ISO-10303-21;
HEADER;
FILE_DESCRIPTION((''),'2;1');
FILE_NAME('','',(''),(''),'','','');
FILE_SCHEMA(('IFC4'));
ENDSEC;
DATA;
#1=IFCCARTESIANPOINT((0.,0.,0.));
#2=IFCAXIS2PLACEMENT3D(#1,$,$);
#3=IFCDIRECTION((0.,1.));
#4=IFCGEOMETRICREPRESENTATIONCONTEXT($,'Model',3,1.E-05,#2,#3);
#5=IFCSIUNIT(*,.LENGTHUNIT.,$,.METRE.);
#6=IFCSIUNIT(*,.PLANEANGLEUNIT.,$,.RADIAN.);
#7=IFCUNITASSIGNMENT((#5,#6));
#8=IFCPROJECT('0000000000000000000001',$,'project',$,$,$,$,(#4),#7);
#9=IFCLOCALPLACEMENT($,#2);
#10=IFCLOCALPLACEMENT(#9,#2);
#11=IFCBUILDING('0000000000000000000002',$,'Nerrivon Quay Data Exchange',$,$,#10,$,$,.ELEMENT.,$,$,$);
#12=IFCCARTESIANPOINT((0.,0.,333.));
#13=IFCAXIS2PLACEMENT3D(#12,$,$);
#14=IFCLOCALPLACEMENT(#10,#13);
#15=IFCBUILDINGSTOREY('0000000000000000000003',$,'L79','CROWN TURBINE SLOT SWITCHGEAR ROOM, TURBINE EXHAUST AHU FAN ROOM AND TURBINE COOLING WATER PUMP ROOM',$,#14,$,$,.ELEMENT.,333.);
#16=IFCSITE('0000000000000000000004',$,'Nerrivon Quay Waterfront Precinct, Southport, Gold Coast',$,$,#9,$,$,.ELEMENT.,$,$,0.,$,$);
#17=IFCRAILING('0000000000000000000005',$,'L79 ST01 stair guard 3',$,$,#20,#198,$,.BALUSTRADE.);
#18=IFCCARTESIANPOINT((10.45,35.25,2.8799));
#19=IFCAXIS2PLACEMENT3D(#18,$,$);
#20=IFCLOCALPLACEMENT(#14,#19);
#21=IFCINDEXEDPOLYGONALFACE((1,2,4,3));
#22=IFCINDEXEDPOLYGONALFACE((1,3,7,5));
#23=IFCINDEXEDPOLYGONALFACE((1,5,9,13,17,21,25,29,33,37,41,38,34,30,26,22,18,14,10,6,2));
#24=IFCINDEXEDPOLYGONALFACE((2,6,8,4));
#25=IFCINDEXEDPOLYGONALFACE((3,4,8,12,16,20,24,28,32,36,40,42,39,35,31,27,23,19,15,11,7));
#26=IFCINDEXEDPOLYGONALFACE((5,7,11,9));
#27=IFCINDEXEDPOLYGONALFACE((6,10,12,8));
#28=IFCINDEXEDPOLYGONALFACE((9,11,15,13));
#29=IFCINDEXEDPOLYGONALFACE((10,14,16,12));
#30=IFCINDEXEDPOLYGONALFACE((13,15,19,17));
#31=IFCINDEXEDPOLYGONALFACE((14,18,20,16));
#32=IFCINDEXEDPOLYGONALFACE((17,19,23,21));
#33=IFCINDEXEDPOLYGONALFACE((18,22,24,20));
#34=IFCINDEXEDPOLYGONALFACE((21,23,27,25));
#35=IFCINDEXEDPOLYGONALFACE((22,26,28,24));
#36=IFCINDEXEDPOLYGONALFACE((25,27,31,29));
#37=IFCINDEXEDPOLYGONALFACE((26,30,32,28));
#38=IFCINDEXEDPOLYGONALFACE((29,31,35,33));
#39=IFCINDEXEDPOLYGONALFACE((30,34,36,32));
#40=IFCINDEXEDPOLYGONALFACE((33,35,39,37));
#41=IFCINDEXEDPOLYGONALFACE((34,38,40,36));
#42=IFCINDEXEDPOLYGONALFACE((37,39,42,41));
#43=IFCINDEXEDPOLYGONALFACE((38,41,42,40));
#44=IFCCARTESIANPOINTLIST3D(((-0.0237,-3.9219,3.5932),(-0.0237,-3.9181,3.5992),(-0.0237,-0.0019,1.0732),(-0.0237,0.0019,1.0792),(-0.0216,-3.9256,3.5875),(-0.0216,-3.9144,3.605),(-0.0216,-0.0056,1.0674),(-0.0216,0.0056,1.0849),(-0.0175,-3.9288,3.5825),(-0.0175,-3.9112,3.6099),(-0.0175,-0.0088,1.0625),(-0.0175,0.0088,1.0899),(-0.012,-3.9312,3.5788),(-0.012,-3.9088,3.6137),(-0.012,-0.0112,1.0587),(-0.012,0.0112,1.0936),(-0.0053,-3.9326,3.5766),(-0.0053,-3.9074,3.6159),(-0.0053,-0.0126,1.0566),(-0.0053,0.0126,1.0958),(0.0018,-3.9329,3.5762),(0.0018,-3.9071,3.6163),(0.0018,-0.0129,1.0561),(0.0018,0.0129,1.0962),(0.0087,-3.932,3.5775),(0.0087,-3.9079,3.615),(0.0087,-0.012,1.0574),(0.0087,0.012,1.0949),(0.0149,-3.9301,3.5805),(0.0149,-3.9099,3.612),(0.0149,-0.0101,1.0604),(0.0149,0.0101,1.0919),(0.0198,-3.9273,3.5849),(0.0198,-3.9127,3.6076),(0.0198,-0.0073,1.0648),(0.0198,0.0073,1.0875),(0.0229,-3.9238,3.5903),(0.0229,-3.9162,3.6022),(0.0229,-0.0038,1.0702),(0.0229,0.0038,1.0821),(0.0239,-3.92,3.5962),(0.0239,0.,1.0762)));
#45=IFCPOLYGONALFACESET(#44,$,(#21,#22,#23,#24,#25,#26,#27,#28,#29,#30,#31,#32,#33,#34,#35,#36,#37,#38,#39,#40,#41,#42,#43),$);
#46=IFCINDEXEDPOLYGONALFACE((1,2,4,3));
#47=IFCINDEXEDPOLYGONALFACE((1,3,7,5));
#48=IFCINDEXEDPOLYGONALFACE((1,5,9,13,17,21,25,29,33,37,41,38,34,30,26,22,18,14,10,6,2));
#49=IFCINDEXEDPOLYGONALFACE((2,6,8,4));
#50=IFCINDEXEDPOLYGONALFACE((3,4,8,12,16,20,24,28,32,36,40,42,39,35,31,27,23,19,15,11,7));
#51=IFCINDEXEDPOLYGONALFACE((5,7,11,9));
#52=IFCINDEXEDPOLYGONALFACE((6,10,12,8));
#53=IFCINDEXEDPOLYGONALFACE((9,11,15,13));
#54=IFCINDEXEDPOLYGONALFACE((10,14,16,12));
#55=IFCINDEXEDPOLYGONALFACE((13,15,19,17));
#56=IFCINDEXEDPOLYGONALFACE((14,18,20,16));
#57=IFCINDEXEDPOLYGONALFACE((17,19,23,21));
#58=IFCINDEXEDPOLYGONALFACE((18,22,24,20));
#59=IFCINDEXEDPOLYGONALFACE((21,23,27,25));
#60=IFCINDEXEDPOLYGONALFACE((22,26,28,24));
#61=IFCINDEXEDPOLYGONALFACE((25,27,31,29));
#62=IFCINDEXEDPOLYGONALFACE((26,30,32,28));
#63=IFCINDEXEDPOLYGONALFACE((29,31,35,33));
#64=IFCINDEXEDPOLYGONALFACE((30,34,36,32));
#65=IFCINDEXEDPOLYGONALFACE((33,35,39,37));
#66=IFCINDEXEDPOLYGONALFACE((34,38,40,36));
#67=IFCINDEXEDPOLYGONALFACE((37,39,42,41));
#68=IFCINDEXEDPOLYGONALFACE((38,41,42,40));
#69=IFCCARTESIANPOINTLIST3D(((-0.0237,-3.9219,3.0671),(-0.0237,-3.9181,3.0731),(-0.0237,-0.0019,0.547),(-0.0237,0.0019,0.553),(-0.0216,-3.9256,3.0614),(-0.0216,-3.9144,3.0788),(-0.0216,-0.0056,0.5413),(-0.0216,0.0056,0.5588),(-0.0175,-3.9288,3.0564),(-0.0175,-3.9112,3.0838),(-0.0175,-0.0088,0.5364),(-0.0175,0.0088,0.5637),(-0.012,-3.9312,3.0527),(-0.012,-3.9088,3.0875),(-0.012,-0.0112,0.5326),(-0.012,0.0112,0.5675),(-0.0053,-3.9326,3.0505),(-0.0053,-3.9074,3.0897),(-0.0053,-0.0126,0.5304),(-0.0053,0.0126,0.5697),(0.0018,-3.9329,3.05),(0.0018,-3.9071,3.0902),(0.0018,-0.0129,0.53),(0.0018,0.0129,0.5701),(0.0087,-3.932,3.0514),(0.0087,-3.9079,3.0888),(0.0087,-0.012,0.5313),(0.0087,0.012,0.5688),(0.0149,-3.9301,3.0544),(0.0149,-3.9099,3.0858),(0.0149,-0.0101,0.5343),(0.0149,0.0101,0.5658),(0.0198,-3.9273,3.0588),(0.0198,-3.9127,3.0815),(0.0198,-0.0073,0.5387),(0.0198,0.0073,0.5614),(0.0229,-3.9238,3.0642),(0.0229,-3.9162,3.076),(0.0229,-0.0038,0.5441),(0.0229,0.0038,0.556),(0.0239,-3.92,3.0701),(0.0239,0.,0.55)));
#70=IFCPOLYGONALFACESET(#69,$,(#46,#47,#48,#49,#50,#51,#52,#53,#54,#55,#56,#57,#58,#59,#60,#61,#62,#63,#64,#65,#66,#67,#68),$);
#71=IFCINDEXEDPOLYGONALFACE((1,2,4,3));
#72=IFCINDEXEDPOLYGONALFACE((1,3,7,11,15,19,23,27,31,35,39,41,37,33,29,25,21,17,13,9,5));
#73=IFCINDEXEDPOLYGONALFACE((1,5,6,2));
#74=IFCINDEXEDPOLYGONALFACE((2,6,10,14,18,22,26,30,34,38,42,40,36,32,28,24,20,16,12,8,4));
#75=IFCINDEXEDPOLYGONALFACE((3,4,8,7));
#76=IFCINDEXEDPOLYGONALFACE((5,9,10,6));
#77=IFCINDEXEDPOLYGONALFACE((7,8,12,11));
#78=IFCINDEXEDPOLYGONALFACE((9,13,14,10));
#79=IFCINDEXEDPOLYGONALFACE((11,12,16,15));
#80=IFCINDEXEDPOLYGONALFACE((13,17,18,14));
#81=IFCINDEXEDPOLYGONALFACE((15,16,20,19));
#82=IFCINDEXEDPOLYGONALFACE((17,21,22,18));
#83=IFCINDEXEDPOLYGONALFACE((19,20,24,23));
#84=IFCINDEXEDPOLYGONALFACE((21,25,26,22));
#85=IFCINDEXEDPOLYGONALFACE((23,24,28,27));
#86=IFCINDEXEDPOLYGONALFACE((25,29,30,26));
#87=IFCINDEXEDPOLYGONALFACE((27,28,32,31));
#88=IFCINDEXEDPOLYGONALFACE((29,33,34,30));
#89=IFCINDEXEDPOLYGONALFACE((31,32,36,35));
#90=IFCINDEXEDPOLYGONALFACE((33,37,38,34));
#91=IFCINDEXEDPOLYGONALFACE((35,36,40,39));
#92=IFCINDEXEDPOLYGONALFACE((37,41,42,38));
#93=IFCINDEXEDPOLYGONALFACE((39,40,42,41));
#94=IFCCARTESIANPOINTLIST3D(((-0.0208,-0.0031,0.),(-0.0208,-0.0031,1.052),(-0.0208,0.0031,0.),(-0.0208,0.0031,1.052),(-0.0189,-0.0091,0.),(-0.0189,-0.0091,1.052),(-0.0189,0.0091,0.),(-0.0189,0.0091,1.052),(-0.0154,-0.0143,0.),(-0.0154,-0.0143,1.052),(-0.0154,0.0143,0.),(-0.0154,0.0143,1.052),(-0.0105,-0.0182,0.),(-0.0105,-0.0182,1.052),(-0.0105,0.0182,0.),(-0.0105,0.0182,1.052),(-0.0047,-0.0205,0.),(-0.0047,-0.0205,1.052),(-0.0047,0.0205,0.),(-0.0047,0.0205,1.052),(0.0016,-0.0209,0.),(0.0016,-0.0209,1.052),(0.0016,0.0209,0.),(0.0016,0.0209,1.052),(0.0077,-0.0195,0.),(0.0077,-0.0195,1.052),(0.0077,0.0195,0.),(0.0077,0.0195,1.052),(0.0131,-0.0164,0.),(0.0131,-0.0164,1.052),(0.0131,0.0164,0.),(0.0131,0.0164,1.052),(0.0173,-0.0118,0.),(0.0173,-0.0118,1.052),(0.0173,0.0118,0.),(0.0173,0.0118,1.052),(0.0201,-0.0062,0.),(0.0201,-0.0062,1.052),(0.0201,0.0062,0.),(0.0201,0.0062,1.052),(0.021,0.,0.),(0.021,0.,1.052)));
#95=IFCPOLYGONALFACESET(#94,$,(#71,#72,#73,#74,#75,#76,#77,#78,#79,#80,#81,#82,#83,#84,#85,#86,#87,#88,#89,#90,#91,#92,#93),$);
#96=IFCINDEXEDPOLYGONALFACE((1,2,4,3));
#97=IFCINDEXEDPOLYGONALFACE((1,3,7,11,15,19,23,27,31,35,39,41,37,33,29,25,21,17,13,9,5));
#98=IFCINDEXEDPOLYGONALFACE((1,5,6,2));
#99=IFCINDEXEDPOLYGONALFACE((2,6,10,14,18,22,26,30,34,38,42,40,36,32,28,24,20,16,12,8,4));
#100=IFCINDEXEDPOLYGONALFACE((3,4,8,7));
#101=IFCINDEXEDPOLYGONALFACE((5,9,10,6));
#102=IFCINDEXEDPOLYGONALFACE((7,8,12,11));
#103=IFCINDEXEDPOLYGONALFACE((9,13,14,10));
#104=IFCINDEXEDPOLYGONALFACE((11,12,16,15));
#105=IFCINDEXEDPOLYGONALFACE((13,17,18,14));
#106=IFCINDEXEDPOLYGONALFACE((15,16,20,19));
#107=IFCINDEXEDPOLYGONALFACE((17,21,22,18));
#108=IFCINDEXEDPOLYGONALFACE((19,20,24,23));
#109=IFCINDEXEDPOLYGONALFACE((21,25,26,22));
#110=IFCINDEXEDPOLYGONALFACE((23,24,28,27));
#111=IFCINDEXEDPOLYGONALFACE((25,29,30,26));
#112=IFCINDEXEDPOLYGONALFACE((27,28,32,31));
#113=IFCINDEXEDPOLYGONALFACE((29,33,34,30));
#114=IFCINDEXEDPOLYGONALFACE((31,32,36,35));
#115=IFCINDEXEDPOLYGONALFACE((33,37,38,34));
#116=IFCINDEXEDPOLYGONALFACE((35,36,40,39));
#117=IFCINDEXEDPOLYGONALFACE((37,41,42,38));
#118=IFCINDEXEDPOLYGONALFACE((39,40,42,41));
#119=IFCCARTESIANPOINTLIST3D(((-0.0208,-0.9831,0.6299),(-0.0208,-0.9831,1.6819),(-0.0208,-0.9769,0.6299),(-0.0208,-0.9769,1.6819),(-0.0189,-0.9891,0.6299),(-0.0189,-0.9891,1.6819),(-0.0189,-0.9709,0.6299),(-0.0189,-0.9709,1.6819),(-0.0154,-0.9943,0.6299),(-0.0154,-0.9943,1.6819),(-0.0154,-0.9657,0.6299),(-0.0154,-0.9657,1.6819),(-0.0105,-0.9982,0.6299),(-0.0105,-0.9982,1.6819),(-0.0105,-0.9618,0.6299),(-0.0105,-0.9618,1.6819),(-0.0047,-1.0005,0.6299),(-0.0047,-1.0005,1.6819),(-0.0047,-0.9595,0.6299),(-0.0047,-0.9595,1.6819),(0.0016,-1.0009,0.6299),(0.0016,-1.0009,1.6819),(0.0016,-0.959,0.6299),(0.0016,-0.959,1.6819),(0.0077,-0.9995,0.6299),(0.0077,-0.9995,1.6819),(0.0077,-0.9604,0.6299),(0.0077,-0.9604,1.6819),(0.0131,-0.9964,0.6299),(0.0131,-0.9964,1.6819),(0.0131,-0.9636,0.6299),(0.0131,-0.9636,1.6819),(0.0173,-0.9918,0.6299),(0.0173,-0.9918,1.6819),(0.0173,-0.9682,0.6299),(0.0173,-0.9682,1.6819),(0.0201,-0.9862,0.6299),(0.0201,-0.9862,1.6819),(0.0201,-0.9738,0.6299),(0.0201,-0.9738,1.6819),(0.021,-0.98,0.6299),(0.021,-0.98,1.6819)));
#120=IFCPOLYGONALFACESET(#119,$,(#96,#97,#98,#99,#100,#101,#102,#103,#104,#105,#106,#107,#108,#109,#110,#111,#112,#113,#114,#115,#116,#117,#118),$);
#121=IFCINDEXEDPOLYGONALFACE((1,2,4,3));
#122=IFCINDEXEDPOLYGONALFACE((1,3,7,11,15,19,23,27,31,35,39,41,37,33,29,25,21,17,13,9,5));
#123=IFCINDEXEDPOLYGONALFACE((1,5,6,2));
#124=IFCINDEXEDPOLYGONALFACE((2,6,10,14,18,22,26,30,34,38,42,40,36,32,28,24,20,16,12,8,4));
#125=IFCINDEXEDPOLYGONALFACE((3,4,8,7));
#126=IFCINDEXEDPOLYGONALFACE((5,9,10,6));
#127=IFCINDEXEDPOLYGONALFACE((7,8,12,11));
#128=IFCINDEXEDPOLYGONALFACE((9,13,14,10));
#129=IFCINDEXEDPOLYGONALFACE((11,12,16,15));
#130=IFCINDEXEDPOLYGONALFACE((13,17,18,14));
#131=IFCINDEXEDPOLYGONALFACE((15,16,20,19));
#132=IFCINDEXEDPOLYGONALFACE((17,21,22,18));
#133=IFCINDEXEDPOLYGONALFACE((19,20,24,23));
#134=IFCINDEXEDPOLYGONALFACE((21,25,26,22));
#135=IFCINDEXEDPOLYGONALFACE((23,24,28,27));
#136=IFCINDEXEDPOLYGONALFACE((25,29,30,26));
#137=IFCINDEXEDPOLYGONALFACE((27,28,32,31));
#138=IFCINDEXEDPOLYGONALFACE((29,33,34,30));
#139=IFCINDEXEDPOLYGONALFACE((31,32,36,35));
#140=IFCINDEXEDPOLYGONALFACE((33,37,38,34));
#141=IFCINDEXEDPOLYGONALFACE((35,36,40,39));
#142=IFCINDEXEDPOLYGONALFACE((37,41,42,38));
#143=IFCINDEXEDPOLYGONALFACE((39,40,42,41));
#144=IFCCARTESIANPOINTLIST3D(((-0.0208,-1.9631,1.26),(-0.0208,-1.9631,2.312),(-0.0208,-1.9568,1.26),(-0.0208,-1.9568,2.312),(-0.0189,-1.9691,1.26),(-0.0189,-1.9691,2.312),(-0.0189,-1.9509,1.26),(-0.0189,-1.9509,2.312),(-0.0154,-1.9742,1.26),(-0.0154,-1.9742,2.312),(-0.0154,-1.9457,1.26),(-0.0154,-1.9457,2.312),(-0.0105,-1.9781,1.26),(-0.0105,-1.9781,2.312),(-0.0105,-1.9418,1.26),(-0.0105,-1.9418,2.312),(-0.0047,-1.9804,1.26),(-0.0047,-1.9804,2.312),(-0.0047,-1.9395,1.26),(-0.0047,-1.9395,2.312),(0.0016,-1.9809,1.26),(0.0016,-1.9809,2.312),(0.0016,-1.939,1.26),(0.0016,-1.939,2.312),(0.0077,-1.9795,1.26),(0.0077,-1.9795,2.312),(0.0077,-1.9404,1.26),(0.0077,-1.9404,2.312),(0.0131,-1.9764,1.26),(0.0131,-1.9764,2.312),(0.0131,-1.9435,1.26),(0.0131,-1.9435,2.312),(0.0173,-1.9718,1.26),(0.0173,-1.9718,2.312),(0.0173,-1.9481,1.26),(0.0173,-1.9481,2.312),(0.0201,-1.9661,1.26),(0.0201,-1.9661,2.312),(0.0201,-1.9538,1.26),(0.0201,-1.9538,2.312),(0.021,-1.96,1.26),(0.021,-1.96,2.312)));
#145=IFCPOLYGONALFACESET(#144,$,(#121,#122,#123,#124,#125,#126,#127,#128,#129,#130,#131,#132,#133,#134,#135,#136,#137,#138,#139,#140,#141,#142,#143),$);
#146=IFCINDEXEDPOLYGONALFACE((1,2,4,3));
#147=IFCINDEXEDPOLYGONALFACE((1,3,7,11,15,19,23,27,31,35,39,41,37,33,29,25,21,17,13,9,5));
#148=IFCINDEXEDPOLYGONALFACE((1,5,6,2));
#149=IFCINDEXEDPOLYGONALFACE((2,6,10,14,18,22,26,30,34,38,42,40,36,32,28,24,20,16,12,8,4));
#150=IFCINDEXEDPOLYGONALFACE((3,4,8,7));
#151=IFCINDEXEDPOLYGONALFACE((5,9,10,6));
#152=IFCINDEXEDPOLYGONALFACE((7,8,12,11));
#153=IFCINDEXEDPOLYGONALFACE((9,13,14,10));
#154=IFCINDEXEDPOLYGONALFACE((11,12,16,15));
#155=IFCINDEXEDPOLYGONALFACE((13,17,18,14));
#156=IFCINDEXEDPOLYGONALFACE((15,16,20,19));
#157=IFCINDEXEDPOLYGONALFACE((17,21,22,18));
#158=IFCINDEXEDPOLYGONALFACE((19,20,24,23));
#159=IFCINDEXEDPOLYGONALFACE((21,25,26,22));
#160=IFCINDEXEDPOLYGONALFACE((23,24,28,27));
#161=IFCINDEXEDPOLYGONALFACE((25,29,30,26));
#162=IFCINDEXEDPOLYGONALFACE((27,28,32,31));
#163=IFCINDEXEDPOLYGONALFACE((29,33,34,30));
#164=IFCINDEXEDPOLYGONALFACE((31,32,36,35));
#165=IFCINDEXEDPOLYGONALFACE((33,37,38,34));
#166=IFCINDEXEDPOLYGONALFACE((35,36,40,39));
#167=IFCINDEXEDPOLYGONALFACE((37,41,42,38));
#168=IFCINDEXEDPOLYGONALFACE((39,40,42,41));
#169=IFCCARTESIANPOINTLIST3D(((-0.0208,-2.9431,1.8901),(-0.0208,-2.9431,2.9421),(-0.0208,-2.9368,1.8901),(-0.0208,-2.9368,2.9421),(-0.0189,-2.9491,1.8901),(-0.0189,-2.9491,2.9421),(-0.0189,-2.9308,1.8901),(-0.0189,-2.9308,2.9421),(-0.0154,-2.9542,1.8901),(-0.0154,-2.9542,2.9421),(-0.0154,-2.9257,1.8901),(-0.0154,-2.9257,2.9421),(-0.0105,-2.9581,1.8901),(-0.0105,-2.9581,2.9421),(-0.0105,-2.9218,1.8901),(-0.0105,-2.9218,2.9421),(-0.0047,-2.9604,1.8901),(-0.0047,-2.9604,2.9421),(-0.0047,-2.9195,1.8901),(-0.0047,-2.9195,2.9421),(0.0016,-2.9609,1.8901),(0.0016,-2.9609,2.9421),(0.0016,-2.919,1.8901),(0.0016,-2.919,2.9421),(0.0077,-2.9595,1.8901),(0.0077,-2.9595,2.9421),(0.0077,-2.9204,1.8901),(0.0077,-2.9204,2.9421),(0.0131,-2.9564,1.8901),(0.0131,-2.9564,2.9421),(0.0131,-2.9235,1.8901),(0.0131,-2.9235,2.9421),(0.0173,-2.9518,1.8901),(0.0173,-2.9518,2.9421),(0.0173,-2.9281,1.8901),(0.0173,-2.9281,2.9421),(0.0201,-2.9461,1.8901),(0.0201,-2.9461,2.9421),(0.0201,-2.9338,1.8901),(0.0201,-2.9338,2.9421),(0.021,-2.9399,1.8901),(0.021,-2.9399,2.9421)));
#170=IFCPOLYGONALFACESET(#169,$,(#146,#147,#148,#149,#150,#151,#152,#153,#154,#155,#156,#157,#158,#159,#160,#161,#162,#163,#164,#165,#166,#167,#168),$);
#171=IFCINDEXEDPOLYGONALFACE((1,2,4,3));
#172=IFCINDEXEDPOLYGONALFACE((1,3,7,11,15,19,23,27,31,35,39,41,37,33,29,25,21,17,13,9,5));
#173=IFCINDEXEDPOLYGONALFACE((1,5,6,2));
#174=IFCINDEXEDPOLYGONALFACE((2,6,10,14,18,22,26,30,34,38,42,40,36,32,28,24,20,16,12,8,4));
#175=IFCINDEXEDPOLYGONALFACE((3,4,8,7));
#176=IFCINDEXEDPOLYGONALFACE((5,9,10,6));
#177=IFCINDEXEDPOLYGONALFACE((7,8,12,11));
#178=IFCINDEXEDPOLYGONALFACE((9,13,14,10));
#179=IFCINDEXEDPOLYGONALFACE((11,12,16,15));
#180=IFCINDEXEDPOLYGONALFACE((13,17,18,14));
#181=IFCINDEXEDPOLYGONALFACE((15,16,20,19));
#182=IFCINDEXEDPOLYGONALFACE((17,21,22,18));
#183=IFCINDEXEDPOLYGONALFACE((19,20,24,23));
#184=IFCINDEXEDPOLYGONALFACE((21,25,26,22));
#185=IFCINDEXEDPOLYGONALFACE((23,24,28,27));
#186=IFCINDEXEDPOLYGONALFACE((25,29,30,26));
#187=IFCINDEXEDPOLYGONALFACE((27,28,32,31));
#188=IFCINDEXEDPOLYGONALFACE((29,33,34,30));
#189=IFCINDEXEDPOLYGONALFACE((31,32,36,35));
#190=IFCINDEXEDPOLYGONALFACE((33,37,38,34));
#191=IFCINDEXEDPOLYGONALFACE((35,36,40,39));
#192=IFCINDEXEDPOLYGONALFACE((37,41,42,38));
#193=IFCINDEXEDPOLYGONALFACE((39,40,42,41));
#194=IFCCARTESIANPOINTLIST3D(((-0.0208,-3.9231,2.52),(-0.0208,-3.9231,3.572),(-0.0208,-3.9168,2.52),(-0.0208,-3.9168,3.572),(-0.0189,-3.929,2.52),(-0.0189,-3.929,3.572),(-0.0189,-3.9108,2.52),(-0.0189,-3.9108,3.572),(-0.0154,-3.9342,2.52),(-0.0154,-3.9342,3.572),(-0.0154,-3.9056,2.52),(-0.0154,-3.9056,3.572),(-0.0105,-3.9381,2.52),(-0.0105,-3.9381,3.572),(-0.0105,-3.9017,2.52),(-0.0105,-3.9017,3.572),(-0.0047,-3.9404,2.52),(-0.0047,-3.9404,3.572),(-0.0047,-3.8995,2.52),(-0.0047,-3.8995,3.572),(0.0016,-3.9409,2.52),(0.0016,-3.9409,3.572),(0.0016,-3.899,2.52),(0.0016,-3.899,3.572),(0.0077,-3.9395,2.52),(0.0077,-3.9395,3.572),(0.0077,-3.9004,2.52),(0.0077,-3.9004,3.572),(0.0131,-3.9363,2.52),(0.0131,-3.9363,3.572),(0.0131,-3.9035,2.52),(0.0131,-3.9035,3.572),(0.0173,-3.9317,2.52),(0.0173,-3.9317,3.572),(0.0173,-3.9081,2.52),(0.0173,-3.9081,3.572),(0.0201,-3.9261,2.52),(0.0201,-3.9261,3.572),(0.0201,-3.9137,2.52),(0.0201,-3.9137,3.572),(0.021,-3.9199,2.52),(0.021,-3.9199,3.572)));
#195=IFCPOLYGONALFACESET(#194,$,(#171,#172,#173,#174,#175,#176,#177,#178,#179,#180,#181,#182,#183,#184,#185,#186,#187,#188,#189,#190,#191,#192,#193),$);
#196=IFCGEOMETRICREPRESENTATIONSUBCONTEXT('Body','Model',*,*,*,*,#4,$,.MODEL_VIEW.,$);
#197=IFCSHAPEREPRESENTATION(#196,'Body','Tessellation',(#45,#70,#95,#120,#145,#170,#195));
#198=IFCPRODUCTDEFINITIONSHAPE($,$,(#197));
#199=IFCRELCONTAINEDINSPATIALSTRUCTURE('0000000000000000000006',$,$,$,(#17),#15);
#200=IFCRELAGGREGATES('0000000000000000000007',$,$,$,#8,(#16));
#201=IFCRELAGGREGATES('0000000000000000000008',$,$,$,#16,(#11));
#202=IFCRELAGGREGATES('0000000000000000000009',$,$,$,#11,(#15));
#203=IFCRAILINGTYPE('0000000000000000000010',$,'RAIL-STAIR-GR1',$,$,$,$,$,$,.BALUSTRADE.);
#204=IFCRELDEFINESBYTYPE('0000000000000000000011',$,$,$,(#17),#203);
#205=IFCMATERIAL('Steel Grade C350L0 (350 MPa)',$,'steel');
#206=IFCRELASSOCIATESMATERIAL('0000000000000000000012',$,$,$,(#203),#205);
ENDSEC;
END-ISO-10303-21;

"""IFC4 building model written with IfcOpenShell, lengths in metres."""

from ifc_helpers import new_model, si_unit, direction, frame, origin, origin_2d, place, context, subcontext, project, spatial, circle, extrude, material, type_object, element, save


model = new_model("IFC4")

# Units and contexts
model_context = context("Model", 3, precision=1e-05, world=origin(), true_north=direction((0.0, 1.0)))
body_context = subcontext(model_context, "Body", "Model", "MODEL_VIEW")
ifc_project = project(units=[si_unit("LENGTHUNIT", "METRE"), si_unit("PLANEANGLEUNIT", "RADIAN")], contexts=[model_context])

# Site, building, storey
site_placement = place(None, origin())
site = spatial("IfcSite", under=ifc_project, at=site_placement, Name="Nerrivon Quay Waterfront Precinct, Southport, Gold Coast", CompositionType="ELEMENT", RefElevation=0.0)
building_placement = place(site_placement, origin())
building = spatial("IfcBuilding", under=site, at=building_placement, Name="Nerrivon Quay Data Exchange", CompositionType="ELEMENT")
storey_placement = place(building_placement, frame((0.0, 0.0, 333.0)))
storey = spatial("IfcBuildingStorey", under=building, at=storey_placement, Name="L79", Description="CROWN TURBINE SLOT SWITCHGEAR ROOM, TURBINE EXHAUST AHU FAN ROOM AND TURBINE COOLING WATER PUMP ROOM", CompositionType="ELEMENT", Elevation=333.0)

# Railing
ifc_material_1 = material(Name="Steel Grade C350L0 (350 MPa)", Category="steel")
railing_type_1 = type_object("IfcRailingType", Name="RAIL-STAIR-GR1", PredefinedType="BALUSTRADE", material=ifc_material_1)
railing_1_placement = place(storey_placement, frame((10.45, 35.25, 2.8799)))
element("IfcRailing", 1, at=railing_1_placement, inside=storey, type_object=railing_type_1, Name="L79 ST01 stair guard 3", PredefinedType="BALUSTRADE", context=body_context, shape_type="SweptSolid", body=[
    extrude(circle(Radius=0.0239, at=origin_2d()), frame((0.0, 0.0, 1.0762), z_axis=(0.0, -0.841172, 0.540768), x_axis=(1.0, 0.0, 0.0)), (0.0, 0.0, 1.0), 4.6602),
    extrude(circle(Radius=0.0239, at=origin_2d()), frame((0.0, 0.0, 0.55), z_axis=(0.0, -0.841172, 0.540768), x_axis=(1.0, 0.0, 0.0)), (0.0, 0.0, 1.0), 4.6602),
    extrude(circle(Radius=0.021, at=origin_2d()), origin(), (0.0, 0.0, 1.0), 1.052),
    extrude(circle(Radius=0.021, at=origin_2d()), frame((0.0, -0.98, 0.6299)), (0.0, 0.0, 1.0), 1.052),
    extrude(circle(Radius=0.021, at=origin_2d()), frame((0.0, -1.96, 1.26)), (0.0, 0.0, 1.0), 1.052),
    extrude(circle(Radius=0.021, at=origin_2d()), frame((0.0, -2.9399, 1.8901)), (0.0, 0.0, 1.0), 1.052),
    extrude(circle(Radius=0.021, at=origin_2d()), frame((0.0, -3.9199, 2.52)), (0.0, 0.0, 1.0), 1.052),
])

save(model, "model.ifc")
